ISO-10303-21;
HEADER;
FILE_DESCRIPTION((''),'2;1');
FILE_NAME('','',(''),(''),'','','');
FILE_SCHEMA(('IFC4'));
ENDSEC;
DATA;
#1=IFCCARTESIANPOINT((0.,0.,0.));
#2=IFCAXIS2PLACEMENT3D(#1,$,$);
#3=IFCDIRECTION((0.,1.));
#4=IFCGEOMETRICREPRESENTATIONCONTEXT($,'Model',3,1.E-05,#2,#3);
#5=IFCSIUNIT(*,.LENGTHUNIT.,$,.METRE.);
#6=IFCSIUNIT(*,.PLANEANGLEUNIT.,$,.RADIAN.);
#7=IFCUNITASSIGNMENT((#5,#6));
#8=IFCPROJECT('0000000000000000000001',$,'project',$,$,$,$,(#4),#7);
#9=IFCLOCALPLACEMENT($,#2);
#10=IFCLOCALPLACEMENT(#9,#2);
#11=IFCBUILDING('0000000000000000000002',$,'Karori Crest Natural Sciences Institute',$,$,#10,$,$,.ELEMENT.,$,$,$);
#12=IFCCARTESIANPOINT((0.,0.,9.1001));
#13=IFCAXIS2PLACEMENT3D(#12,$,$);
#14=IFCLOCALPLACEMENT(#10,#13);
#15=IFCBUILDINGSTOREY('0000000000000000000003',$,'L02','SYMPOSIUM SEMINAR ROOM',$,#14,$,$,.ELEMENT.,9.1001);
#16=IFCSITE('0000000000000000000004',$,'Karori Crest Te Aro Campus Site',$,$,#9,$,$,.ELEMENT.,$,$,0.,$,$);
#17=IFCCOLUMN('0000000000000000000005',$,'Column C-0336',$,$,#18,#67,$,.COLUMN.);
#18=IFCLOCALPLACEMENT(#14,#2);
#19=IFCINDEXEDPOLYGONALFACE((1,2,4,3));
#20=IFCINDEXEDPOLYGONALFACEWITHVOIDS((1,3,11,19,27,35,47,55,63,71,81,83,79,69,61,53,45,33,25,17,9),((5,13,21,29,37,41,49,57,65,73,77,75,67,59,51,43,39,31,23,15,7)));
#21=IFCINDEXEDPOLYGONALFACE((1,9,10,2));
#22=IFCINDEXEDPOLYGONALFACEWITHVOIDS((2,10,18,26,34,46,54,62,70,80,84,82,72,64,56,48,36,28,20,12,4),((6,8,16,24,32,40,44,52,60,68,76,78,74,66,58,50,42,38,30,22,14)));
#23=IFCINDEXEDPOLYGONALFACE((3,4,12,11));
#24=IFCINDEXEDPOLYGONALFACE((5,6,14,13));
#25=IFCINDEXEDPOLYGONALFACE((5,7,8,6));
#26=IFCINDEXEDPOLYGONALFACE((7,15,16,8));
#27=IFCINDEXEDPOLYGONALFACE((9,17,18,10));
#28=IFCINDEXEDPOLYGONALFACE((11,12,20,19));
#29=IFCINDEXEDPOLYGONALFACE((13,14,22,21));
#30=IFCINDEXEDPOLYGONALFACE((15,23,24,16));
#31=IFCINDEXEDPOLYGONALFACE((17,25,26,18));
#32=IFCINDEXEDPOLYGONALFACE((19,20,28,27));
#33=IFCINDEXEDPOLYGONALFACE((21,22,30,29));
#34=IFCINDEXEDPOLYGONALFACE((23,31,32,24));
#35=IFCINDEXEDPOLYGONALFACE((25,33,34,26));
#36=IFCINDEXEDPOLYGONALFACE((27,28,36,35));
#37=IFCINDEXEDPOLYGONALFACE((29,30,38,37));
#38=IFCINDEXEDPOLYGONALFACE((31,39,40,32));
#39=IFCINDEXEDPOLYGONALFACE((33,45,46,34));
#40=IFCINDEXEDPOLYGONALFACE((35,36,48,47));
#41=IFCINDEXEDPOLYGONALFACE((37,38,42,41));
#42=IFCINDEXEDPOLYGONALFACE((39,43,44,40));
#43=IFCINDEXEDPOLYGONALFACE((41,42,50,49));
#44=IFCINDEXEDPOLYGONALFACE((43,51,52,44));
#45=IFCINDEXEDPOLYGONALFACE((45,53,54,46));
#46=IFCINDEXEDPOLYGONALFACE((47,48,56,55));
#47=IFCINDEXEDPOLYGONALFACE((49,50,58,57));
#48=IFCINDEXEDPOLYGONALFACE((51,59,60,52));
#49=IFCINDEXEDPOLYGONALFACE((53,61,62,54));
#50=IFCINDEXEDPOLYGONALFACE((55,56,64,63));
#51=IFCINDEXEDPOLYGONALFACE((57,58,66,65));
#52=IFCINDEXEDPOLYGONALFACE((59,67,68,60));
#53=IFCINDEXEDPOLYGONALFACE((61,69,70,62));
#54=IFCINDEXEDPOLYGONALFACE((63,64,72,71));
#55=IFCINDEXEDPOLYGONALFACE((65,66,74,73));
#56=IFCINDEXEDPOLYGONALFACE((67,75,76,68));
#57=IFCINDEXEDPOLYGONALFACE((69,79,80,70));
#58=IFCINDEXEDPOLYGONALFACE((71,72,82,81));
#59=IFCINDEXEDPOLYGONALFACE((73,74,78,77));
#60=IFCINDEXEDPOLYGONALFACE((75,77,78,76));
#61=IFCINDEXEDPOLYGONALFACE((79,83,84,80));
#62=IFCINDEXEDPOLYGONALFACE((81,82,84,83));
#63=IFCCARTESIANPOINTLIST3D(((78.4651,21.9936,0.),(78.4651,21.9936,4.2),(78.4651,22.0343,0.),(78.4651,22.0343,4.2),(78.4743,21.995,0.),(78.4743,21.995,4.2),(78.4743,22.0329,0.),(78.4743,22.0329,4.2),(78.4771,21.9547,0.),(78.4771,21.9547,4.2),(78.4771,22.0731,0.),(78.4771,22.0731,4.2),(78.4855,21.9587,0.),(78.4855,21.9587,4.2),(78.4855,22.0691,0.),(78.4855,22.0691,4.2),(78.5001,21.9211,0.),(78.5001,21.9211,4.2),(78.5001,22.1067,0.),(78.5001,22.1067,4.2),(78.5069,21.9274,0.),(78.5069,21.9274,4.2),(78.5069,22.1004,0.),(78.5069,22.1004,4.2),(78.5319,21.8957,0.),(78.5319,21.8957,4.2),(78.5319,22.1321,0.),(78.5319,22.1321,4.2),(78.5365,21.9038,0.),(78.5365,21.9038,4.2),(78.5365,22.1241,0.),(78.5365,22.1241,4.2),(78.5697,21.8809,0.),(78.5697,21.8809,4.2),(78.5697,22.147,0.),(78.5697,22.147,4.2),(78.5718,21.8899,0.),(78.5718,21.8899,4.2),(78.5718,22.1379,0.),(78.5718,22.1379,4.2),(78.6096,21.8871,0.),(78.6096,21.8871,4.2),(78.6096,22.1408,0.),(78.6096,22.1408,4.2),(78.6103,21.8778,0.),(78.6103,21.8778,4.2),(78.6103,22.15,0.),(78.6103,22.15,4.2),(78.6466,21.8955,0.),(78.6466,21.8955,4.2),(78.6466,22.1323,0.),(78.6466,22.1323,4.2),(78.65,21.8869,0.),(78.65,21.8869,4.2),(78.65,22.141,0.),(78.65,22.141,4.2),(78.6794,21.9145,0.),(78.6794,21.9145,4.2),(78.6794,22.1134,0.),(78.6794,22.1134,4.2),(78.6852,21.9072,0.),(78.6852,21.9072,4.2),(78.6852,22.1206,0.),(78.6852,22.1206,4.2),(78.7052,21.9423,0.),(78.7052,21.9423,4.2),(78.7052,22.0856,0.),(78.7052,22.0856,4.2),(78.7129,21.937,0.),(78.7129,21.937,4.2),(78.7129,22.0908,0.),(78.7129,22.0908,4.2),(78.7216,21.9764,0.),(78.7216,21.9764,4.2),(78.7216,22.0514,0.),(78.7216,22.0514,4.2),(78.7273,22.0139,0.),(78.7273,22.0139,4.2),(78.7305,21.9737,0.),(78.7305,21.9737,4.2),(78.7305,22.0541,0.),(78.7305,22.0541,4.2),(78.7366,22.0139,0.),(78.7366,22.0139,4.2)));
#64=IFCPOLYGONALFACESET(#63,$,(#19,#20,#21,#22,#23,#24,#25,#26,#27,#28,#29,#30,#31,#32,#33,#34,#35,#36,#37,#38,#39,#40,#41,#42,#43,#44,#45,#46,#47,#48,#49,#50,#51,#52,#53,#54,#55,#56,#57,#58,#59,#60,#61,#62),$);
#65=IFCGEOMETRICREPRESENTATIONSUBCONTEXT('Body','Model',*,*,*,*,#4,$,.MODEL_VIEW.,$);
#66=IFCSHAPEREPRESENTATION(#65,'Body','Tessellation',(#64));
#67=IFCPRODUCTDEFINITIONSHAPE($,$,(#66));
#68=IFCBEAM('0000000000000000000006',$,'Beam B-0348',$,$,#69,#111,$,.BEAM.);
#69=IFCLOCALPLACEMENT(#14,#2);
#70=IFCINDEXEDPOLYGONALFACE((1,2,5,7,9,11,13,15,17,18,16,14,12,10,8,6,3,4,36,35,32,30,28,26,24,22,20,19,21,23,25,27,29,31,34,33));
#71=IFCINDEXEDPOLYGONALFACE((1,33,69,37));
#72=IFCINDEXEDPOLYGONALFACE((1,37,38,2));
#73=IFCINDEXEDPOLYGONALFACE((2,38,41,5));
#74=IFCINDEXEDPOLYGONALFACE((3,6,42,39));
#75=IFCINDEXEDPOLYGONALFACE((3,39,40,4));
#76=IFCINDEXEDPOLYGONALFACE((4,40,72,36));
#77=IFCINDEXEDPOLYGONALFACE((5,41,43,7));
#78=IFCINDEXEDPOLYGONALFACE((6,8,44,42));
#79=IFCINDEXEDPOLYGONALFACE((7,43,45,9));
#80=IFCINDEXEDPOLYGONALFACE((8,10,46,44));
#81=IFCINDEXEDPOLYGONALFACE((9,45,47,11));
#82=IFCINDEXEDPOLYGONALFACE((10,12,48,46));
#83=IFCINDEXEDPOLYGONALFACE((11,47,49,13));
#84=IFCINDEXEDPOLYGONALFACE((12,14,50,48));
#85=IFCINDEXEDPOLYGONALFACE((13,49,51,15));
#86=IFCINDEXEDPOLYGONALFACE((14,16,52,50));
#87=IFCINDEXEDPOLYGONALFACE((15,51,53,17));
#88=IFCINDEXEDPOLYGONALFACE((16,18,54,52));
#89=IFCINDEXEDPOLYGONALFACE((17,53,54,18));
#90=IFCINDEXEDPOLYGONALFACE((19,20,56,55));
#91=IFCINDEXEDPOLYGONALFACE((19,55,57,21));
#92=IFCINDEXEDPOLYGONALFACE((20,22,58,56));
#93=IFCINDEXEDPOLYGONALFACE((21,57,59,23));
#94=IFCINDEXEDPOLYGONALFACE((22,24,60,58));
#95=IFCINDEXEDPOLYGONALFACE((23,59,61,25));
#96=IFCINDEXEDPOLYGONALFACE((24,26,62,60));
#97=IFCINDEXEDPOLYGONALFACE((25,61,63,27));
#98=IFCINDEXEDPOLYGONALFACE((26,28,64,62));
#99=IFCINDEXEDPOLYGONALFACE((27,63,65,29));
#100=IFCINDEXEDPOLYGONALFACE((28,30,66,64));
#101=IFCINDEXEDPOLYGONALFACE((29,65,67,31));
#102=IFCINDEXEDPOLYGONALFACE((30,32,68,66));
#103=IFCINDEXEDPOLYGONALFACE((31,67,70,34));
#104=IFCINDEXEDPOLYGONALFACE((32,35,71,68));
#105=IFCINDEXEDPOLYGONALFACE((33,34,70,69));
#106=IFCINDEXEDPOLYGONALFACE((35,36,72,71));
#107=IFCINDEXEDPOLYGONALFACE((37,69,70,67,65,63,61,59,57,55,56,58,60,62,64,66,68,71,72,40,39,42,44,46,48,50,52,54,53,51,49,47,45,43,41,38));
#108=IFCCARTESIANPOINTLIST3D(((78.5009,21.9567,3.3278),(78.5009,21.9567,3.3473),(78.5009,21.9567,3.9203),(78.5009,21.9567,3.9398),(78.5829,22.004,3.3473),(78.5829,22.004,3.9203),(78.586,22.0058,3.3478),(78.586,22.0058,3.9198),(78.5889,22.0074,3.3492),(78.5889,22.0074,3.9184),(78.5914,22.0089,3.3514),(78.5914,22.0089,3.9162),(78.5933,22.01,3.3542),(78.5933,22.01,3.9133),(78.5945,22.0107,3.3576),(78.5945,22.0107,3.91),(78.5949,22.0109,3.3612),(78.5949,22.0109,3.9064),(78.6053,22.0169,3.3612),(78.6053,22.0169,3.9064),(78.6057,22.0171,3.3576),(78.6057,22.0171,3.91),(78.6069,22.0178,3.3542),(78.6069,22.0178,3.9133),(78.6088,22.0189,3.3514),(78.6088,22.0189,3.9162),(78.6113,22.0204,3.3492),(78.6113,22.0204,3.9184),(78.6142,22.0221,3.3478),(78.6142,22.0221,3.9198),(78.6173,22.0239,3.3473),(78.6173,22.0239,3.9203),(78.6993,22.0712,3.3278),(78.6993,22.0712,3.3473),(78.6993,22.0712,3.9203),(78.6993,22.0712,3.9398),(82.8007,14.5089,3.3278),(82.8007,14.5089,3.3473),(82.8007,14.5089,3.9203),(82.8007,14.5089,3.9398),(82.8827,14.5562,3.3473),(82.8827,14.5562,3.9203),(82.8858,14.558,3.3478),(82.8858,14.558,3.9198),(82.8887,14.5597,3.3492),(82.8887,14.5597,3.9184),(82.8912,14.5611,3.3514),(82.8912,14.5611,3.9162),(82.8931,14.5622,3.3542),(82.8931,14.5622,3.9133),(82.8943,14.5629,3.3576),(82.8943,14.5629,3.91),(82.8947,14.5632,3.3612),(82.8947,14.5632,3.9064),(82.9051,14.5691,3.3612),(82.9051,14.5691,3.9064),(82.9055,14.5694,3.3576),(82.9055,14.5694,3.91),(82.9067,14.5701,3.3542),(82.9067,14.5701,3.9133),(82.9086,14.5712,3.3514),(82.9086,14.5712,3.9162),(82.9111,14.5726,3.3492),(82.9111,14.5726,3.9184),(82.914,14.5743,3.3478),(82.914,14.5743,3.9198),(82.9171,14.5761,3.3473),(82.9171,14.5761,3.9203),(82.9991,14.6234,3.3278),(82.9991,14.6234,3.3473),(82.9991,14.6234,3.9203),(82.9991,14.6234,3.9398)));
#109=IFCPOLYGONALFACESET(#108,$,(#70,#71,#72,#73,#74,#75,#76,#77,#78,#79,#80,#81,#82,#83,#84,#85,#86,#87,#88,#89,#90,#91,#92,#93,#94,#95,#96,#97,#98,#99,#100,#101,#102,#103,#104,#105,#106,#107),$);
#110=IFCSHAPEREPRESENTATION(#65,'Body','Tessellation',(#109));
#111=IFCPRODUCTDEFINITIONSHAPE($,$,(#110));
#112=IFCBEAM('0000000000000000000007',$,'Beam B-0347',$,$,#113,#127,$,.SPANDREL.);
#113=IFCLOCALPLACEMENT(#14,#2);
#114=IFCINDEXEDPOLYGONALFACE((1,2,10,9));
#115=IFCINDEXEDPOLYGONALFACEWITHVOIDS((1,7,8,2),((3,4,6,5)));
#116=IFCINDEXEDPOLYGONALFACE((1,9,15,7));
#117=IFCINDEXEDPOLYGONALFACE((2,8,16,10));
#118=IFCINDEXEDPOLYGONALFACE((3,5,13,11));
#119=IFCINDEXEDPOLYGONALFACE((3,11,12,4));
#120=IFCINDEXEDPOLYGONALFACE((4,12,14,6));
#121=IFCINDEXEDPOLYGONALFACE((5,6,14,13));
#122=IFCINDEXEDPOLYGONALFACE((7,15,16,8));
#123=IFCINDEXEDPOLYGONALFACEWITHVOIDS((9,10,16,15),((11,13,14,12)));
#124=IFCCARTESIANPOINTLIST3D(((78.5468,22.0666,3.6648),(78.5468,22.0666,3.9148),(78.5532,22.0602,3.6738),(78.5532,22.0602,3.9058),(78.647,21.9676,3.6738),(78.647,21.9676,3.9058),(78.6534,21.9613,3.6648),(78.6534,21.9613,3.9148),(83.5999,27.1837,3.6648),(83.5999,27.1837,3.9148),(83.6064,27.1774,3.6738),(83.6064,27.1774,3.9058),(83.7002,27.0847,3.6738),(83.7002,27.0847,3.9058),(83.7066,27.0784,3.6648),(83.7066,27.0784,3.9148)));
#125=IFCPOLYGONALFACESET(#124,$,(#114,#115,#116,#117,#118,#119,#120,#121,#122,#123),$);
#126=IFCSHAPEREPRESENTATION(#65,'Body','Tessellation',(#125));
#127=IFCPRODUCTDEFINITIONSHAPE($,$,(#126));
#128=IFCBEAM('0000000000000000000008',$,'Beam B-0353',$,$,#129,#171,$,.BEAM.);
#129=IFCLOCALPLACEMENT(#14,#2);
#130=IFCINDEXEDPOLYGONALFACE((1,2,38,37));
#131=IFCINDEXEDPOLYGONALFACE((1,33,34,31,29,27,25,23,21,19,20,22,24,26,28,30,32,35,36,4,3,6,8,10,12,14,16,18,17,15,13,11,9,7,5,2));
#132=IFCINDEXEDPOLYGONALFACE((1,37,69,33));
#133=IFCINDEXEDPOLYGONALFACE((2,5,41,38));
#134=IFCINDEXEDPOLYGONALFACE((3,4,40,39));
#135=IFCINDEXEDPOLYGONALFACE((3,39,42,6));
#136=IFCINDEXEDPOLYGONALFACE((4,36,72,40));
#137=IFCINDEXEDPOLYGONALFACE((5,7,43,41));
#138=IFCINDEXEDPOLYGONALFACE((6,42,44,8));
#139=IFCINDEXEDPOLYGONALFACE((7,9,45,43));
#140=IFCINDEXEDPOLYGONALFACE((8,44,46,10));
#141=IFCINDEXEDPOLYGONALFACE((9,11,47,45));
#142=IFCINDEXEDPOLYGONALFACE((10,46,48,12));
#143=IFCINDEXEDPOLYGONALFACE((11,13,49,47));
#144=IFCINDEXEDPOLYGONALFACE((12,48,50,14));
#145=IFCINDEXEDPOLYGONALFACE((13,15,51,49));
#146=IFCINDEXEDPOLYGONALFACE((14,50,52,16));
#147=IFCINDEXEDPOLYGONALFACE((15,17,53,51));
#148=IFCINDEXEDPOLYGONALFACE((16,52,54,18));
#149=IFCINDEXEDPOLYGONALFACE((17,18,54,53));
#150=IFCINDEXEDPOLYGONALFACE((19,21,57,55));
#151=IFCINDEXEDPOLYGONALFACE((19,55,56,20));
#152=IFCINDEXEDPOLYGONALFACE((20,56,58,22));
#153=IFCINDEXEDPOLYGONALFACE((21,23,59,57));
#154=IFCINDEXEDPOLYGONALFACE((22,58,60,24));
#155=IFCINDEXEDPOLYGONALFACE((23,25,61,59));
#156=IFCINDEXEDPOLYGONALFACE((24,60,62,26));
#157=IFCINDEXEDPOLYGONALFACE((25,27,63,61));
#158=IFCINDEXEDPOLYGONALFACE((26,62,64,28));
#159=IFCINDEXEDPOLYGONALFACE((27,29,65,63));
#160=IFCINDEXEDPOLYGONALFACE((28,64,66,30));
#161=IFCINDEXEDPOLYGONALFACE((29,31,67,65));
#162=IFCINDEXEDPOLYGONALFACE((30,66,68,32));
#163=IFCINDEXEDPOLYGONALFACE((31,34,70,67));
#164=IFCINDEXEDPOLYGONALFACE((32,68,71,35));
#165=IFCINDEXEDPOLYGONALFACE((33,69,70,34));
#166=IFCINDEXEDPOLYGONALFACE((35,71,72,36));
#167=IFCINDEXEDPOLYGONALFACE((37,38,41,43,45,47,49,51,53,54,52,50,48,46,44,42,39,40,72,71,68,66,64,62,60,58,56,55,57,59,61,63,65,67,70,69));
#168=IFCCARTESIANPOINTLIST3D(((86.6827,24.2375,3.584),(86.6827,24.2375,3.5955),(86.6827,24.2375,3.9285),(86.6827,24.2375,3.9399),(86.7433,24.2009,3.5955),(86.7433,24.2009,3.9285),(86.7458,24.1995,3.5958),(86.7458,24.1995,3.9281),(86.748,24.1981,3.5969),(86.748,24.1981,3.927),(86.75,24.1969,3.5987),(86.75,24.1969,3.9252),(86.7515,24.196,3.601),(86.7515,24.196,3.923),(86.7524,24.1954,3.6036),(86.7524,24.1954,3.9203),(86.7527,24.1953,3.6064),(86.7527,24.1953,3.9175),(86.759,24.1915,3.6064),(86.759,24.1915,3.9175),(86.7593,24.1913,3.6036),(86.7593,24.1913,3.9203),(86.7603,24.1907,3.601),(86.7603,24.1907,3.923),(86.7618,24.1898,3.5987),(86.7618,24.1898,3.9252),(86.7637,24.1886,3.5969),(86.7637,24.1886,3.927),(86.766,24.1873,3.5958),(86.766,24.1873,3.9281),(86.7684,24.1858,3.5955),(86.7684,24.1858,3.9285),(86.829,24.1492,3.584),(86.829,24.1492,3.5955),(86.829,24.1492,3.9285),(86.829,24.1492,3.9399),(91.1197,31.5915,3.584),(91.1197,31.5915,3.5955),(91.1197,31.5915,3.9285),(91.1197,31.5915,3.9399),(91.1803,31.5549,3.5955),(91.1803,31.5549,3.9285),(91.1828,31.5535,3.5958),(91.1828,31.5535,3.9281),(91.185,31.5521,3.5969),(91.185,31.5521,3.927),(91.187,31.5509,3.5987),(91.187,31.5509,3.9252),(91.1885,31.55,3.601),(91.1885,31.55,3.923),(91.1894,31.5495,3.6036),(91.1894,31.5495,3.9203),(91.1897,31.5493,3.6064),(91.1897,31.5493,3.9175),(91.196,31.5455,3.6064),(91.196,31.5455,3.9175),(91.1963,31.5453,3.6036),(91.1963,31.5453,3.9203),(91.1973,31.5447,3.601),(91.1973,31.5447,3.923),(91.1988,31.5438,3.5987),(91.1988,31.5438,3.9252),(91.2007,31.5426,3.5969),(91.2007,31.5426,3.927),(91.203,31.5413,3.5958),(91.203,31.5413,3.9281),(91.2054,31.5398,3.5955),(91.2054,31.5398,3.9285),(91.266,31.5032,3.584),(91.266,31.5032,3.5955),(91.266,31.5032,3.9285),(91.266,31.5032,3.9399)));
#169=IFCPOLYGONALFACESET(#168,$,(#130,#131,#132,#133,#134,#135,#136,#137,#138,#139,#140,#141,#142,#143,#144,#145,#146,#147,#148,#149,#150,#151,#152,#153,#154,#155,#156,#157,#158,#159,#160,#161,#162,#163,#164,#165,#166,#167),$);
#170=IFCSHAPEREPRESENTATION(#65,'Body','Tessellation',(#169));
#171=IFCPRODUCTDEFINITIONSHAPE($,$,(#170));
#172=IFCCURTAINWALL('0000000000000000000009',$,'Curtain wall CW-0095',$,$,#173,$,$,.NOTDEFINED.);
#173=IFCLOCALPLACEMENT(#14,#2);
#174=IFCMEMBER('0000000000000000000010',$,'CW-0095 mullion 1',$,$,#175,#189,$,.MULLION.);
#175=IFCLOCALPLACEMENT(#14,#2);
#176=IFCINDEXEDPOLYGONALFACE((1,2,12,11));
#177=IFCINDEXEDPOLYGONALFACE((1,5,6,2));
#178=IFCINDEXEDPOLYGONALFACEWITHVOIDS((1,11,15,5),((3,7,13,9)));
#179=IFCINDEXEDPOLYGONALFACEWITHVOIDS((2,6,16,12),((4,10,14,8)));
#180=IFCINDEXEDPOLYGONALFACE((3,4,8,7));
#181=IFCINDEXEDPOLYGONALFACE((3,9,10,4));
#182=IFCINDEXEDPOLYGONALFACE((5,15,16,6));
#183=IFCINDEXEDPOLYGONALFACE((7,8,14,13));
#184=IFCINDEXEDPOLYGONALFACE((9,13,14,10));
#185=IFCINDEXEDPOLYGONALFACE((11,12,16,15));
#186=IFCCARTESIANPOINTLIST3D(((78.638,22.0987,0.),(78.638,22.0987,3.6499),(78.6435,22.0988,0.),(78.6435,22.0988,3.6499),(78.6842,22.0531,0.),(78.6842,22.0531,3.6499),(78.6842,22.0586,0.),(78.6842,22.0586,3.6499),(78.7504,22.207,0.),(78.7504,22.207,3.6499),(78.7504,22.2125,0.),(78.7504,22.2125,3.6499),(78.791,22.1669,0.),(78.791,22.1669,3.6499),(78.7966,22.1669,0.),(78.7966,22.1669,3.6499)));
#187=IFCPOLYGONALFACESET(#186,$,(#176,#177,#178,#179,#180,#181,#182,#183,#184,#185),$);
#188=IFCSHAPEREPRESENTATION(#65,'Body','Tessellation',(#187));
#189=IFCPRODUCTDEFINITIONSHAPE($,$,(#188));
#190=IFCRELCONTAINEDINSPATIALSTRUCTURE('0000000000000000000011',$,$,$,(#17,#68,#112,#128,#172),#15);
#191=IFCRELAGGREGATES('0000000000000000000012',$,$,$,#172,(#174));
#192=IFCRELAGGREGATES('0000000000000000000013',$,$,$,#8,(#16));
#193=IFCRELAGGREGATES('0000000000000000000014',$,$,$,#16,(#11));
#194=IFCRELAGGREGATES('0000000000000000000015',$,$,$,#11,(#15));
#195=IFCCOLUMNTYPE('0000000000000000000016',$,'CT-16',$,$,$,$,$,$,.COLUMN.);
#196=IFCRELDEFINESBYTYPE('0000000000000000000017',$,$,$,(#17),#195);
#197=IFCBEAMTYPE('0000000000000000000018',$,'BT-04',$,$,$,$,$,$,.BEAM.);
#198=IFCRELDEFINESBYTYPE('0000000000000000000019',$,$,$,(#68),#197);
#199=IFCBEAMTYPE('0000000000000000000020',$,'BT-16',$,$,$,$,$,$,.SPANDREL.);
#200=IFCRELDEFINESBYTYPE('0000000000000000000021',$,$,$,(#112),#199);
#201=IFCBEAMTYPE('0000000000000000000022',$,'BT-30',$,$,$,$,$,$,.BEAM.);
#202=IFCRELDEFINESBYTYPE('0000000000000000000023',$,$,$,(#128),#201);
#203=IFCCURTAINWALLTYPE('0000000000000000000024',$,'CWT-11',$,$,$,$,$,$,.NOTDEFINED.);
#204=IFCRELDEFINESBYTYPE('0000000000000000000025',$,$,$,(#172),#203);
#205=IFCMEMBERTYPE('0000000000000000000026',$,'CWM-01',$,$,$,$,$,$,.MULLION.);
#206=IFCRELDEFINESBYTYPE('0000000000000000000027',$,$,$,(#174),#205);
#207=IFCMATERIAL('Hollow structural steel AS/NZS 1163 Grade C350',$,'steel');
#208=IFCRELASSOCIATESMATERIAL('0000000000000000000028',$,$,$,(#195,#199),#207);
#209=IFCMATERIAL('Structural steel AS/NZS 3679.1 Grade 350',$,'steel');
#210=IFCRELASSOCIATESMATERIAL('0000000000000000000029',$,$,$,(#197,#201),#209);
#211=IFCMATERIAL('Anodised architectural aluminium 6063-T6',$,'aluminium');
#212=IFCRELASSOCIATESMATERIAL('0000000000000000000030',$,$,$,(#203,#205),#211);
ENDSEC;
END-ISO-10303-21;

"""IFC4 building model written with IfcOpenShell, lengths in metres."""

from ifc_helpers import new_model, si_unit, direction, frame, origin, origin_2d, place, context, subcontext, project, spatial, hollow_rectangle, hollow_circle, i_section, extrude, material, material_profile, profile_set, type_object, element, aggregate, save


model = new_model("IFC4")

# Units and contexts
model_context = context("Model", 3, precision=1e-05, world=origin(), true_north=direction((0.0, 1.0)))
body_context = subcontext(model_context, "Body", "Model", "MODEL_VIEW")
ifc_project = project(units=[si_unit("LENGTHUNIT", "METRE"), si_unit("PLANEANGLEUNIT", "RADIAN")], contexts=[model_context])

# Site, building, storey
site_placement = place(None, origin())
site = spatial("IfcSite", under=ifc_project, at=site_placement, Name="Karori Crest Te Aro Campus Site", CompositionType="ELEMENT", RefElevation=0.0)
building_placement = place(site_placement, origin())
building = spatial("IfcBuilding", under=site, at=building_placement, Name="Karori Crest Natural Sciences Institute", CompositionType="ELEMENT")
storey_placement = place(building_placement, frame((0.0, 0.0, 9.1001)))
storey = spatial("IfcBuildingStorey", under=building, at=storey_placement, Name="L02", Description="SYMPOSIUM SEMINAR ROOM", CompositionType="ELEMENT", Elevation=9.1001)

# Column
ifc_material_1 = material(Name="Hollow structural steel AS/NZS 1163 Grade C350", Category="steel")
ifc_material_profile_1 = material_profile(ifc_material_1, hollow_circle(Radius=0.1365, WallThickness=0.0093, at=origin_2d()), Name="CHS273.0x9.3")
ifc_profile_set_1 = profile_set([ifc_material_profile_1], Name="Hollow structural steel AS/NZS 1163 Grade C350")
column_type = type_object("IfcColumnType", Name="CT-16", PredefinedType="COLUMN", material=ifc_profile_set_1)
column_placement = place(storey_placement, frame((78.6001, 22.0139, 0.0), z_axis=(0.0, 0.0, 1.0), x_axis=(1.0, 0.0, 0.0)))
element("IfcColumn", 1, at=column_placement, inside=storey, type_object=column_type, Name="Column C-0336", PredefinedType="COLUMN", context=body_context, shape_type="SweptSolid", body=[
    extrude(hollow_circle(Radius=0.1365, WallThickness=0.0093, at=origin_2d()), origin(), (0.0, 0.0, 1.0), 4.2),
])

# Beams
ifc_material_2 = material(Name="Structural steel AS/NZS 3679.1 Grade 350", Category="steel")
ifc_material_profile_2 = material_profile(ifc_material_2, i_section(OverallWidth=0.229, OverallDepth=0.6121, WebThickness=0.012, FlangeThickness=0.0195, FilletRadius=0.0139, at=origin_2d()), Name="610UB125")
ifc_profile_set_2 = profile_set([ifc_material_profile_2], Name="Structural steel AS/NZS 3679.1 Grade 350")
beam_type_1 = type_object("IfcBeamType", Name="BT-04", PredefinedType="BEAM", material=ifc_profile_set_2)
beam_1_placement = place(storey_placement, frame((78.6001, 22.0139, 3.6338), z_axis=(0.499986, -0.866033, 0.0), x_axis=(0.866033, 0.499986, 0.0)))
element("IfcBeam", 2, at=beam_1_placement, inside=storey, type_object=beam_type_1, Name="Beam B-0348", PredefinedType="BEAM", context=body_context, shape_type="SweptSolid", body=[
    extrude(i_section(OverallWidth=0.229, OverallDepth=0.6121, WebThickness=0.012, FlangeThickness=0.0195, FilletRadius=0.0139, at=origin_2d()), origin(), (0.0, 0.0, 1.0), 8.5999),
])
ifc_material_profile_3 = material_profile(ifc_material_1, hollow_rectangle(XDim=0.1499, YDim=0.25, WallThickness=0.009, at=origin_2d()), Name="RHS250x150x9")
ifc_profile_set_3 = profile_set([ifc_material_profile_3], Name="Hollow structural steel AS/NZS 1163 Grade C350")
beam_type_2 = type_object("IfcBeamType", Name="BT-16", PredefinedType="SPANDREL", material=ifc_profile_set_3)
beam_2_placement = place(storey_placement, frame((78.6001, 22.0139, 3.7898), z_axis=(0.702646, 0.71154, 0.0), x_axis=(-0.71154, 0.702646, 0.0)))
element("IfcBeam", 3, at=beam_2_placement, inside=storey, type_object=beam_type_2, Name="Beam B-0347", PredefinedType="SPANDREL", context=body_context, shape_type="SweptSolid", body=[
    extrude(hollow_rectangle(XDim=0.1499, YDim=0.25, WallThickness=0.009, at=origin_2d()), origin(), (0.0, 0.0, 1.0), 7.1917),
])
ifc_material_profile_4 = material_profile(ifc_material_2, i_section(OverallWidth=0.1709, OverallDepth=0.356, WebThickness=0.0073, FlangeThickness=0.0115, FilletRadius=0.011, at=origin_2d()), Name="360UB50.7")
ifc_profile_set_4 = profile_set([ifc_material_profile_4], Name="Structural steel AS/NZS 3679.1 Grade 350")
beam_type_3 = type_object("IfcBeamType", Name="BT-30", PredefinedType="BEAM", material=ifc_profile_set_4)
beam_3_placement = place(storey_placement, frame((86.7559, 24.1934, 3.762), z_axis=(0.516601, 0.856226, 0.0), x_axis=(-0.856226, 0.516601, 0.0)))
element("IfcBeam", 4, at=beam_3_placement, inside=storey, type_object=beam_type_3, Name="Beam B-0353", PredefinedType="BEAM", context=body_context, shape_type="SweptSolid", body=[
    extrude(i_section(OverallWidth=0.1709, OverallDepth=0.356, WebThickness=0.0073, FlangeThickness=0.0115, FilletRadius=0.011, at=origin_2d()), origin(), (0.0, 0.0, 1.0), 8.5889),
])

# Curtain wall, member
ifc_material_3 = material(Name="Anodised architectural aluminium 6063-T6", Category="aluminium")
curtain_wall_type_1 = type_object("IfcCurtainWallType", Name="CWT-11", PredefinedType="NOTDEFINED", material=ifc_material_3)
curtain_wall_1_placement = place(storey_placement, origin())
curtain_wall_1 = element("IfcCurtainWall", 5, at=curtain_wall_1_placement, inside=storey, type_object=curtain_wall_type_1, Name="Curtain wall CW-0095", PredefinedType="NOTDEFINED")
ifc_material_profile_5 = material_profile(ifc_material_3, hollow_rectangle(XDim=0.0649, YDim=0.1599, WallThickness=0.0039, at=origin_2d()), Name="CWM160x65x4")
ifc_profile_set_5 = profile_set([ifc_material_profile_5], Name="Anodised architectural aluminium 6063-T6")
member_type_1 = type_object("IfcMemberType", Name="CWM-01", PredefinedType="MULLION", material=ifc_profile_set_5)
member_1_placement = place(storey_placement, frame((78.7173, 22.1328, 0.0), z_axis=(0.0, 0.0, 1.0), x_axis=(-0.711529, 0.702656, 0.0)))
member_1 = element("IfcMember", 6, at=member_1_placement, type_object=member_type_1, Name="CW-0095 mullion 1", PredefinedType="MULLION", context=body_context, shape_type="SweptSolid", body=[
    extrude(hollow_rectangle(XDim=0.0649, YDim=0.1599, WallThickness=0.0039, at=origin_2d()), origin(), (0.0, 0.0, 1.0), 3.6499),
])

aggregate(curtain_wall_1, [member_1])

save(model, "model.ifc")
